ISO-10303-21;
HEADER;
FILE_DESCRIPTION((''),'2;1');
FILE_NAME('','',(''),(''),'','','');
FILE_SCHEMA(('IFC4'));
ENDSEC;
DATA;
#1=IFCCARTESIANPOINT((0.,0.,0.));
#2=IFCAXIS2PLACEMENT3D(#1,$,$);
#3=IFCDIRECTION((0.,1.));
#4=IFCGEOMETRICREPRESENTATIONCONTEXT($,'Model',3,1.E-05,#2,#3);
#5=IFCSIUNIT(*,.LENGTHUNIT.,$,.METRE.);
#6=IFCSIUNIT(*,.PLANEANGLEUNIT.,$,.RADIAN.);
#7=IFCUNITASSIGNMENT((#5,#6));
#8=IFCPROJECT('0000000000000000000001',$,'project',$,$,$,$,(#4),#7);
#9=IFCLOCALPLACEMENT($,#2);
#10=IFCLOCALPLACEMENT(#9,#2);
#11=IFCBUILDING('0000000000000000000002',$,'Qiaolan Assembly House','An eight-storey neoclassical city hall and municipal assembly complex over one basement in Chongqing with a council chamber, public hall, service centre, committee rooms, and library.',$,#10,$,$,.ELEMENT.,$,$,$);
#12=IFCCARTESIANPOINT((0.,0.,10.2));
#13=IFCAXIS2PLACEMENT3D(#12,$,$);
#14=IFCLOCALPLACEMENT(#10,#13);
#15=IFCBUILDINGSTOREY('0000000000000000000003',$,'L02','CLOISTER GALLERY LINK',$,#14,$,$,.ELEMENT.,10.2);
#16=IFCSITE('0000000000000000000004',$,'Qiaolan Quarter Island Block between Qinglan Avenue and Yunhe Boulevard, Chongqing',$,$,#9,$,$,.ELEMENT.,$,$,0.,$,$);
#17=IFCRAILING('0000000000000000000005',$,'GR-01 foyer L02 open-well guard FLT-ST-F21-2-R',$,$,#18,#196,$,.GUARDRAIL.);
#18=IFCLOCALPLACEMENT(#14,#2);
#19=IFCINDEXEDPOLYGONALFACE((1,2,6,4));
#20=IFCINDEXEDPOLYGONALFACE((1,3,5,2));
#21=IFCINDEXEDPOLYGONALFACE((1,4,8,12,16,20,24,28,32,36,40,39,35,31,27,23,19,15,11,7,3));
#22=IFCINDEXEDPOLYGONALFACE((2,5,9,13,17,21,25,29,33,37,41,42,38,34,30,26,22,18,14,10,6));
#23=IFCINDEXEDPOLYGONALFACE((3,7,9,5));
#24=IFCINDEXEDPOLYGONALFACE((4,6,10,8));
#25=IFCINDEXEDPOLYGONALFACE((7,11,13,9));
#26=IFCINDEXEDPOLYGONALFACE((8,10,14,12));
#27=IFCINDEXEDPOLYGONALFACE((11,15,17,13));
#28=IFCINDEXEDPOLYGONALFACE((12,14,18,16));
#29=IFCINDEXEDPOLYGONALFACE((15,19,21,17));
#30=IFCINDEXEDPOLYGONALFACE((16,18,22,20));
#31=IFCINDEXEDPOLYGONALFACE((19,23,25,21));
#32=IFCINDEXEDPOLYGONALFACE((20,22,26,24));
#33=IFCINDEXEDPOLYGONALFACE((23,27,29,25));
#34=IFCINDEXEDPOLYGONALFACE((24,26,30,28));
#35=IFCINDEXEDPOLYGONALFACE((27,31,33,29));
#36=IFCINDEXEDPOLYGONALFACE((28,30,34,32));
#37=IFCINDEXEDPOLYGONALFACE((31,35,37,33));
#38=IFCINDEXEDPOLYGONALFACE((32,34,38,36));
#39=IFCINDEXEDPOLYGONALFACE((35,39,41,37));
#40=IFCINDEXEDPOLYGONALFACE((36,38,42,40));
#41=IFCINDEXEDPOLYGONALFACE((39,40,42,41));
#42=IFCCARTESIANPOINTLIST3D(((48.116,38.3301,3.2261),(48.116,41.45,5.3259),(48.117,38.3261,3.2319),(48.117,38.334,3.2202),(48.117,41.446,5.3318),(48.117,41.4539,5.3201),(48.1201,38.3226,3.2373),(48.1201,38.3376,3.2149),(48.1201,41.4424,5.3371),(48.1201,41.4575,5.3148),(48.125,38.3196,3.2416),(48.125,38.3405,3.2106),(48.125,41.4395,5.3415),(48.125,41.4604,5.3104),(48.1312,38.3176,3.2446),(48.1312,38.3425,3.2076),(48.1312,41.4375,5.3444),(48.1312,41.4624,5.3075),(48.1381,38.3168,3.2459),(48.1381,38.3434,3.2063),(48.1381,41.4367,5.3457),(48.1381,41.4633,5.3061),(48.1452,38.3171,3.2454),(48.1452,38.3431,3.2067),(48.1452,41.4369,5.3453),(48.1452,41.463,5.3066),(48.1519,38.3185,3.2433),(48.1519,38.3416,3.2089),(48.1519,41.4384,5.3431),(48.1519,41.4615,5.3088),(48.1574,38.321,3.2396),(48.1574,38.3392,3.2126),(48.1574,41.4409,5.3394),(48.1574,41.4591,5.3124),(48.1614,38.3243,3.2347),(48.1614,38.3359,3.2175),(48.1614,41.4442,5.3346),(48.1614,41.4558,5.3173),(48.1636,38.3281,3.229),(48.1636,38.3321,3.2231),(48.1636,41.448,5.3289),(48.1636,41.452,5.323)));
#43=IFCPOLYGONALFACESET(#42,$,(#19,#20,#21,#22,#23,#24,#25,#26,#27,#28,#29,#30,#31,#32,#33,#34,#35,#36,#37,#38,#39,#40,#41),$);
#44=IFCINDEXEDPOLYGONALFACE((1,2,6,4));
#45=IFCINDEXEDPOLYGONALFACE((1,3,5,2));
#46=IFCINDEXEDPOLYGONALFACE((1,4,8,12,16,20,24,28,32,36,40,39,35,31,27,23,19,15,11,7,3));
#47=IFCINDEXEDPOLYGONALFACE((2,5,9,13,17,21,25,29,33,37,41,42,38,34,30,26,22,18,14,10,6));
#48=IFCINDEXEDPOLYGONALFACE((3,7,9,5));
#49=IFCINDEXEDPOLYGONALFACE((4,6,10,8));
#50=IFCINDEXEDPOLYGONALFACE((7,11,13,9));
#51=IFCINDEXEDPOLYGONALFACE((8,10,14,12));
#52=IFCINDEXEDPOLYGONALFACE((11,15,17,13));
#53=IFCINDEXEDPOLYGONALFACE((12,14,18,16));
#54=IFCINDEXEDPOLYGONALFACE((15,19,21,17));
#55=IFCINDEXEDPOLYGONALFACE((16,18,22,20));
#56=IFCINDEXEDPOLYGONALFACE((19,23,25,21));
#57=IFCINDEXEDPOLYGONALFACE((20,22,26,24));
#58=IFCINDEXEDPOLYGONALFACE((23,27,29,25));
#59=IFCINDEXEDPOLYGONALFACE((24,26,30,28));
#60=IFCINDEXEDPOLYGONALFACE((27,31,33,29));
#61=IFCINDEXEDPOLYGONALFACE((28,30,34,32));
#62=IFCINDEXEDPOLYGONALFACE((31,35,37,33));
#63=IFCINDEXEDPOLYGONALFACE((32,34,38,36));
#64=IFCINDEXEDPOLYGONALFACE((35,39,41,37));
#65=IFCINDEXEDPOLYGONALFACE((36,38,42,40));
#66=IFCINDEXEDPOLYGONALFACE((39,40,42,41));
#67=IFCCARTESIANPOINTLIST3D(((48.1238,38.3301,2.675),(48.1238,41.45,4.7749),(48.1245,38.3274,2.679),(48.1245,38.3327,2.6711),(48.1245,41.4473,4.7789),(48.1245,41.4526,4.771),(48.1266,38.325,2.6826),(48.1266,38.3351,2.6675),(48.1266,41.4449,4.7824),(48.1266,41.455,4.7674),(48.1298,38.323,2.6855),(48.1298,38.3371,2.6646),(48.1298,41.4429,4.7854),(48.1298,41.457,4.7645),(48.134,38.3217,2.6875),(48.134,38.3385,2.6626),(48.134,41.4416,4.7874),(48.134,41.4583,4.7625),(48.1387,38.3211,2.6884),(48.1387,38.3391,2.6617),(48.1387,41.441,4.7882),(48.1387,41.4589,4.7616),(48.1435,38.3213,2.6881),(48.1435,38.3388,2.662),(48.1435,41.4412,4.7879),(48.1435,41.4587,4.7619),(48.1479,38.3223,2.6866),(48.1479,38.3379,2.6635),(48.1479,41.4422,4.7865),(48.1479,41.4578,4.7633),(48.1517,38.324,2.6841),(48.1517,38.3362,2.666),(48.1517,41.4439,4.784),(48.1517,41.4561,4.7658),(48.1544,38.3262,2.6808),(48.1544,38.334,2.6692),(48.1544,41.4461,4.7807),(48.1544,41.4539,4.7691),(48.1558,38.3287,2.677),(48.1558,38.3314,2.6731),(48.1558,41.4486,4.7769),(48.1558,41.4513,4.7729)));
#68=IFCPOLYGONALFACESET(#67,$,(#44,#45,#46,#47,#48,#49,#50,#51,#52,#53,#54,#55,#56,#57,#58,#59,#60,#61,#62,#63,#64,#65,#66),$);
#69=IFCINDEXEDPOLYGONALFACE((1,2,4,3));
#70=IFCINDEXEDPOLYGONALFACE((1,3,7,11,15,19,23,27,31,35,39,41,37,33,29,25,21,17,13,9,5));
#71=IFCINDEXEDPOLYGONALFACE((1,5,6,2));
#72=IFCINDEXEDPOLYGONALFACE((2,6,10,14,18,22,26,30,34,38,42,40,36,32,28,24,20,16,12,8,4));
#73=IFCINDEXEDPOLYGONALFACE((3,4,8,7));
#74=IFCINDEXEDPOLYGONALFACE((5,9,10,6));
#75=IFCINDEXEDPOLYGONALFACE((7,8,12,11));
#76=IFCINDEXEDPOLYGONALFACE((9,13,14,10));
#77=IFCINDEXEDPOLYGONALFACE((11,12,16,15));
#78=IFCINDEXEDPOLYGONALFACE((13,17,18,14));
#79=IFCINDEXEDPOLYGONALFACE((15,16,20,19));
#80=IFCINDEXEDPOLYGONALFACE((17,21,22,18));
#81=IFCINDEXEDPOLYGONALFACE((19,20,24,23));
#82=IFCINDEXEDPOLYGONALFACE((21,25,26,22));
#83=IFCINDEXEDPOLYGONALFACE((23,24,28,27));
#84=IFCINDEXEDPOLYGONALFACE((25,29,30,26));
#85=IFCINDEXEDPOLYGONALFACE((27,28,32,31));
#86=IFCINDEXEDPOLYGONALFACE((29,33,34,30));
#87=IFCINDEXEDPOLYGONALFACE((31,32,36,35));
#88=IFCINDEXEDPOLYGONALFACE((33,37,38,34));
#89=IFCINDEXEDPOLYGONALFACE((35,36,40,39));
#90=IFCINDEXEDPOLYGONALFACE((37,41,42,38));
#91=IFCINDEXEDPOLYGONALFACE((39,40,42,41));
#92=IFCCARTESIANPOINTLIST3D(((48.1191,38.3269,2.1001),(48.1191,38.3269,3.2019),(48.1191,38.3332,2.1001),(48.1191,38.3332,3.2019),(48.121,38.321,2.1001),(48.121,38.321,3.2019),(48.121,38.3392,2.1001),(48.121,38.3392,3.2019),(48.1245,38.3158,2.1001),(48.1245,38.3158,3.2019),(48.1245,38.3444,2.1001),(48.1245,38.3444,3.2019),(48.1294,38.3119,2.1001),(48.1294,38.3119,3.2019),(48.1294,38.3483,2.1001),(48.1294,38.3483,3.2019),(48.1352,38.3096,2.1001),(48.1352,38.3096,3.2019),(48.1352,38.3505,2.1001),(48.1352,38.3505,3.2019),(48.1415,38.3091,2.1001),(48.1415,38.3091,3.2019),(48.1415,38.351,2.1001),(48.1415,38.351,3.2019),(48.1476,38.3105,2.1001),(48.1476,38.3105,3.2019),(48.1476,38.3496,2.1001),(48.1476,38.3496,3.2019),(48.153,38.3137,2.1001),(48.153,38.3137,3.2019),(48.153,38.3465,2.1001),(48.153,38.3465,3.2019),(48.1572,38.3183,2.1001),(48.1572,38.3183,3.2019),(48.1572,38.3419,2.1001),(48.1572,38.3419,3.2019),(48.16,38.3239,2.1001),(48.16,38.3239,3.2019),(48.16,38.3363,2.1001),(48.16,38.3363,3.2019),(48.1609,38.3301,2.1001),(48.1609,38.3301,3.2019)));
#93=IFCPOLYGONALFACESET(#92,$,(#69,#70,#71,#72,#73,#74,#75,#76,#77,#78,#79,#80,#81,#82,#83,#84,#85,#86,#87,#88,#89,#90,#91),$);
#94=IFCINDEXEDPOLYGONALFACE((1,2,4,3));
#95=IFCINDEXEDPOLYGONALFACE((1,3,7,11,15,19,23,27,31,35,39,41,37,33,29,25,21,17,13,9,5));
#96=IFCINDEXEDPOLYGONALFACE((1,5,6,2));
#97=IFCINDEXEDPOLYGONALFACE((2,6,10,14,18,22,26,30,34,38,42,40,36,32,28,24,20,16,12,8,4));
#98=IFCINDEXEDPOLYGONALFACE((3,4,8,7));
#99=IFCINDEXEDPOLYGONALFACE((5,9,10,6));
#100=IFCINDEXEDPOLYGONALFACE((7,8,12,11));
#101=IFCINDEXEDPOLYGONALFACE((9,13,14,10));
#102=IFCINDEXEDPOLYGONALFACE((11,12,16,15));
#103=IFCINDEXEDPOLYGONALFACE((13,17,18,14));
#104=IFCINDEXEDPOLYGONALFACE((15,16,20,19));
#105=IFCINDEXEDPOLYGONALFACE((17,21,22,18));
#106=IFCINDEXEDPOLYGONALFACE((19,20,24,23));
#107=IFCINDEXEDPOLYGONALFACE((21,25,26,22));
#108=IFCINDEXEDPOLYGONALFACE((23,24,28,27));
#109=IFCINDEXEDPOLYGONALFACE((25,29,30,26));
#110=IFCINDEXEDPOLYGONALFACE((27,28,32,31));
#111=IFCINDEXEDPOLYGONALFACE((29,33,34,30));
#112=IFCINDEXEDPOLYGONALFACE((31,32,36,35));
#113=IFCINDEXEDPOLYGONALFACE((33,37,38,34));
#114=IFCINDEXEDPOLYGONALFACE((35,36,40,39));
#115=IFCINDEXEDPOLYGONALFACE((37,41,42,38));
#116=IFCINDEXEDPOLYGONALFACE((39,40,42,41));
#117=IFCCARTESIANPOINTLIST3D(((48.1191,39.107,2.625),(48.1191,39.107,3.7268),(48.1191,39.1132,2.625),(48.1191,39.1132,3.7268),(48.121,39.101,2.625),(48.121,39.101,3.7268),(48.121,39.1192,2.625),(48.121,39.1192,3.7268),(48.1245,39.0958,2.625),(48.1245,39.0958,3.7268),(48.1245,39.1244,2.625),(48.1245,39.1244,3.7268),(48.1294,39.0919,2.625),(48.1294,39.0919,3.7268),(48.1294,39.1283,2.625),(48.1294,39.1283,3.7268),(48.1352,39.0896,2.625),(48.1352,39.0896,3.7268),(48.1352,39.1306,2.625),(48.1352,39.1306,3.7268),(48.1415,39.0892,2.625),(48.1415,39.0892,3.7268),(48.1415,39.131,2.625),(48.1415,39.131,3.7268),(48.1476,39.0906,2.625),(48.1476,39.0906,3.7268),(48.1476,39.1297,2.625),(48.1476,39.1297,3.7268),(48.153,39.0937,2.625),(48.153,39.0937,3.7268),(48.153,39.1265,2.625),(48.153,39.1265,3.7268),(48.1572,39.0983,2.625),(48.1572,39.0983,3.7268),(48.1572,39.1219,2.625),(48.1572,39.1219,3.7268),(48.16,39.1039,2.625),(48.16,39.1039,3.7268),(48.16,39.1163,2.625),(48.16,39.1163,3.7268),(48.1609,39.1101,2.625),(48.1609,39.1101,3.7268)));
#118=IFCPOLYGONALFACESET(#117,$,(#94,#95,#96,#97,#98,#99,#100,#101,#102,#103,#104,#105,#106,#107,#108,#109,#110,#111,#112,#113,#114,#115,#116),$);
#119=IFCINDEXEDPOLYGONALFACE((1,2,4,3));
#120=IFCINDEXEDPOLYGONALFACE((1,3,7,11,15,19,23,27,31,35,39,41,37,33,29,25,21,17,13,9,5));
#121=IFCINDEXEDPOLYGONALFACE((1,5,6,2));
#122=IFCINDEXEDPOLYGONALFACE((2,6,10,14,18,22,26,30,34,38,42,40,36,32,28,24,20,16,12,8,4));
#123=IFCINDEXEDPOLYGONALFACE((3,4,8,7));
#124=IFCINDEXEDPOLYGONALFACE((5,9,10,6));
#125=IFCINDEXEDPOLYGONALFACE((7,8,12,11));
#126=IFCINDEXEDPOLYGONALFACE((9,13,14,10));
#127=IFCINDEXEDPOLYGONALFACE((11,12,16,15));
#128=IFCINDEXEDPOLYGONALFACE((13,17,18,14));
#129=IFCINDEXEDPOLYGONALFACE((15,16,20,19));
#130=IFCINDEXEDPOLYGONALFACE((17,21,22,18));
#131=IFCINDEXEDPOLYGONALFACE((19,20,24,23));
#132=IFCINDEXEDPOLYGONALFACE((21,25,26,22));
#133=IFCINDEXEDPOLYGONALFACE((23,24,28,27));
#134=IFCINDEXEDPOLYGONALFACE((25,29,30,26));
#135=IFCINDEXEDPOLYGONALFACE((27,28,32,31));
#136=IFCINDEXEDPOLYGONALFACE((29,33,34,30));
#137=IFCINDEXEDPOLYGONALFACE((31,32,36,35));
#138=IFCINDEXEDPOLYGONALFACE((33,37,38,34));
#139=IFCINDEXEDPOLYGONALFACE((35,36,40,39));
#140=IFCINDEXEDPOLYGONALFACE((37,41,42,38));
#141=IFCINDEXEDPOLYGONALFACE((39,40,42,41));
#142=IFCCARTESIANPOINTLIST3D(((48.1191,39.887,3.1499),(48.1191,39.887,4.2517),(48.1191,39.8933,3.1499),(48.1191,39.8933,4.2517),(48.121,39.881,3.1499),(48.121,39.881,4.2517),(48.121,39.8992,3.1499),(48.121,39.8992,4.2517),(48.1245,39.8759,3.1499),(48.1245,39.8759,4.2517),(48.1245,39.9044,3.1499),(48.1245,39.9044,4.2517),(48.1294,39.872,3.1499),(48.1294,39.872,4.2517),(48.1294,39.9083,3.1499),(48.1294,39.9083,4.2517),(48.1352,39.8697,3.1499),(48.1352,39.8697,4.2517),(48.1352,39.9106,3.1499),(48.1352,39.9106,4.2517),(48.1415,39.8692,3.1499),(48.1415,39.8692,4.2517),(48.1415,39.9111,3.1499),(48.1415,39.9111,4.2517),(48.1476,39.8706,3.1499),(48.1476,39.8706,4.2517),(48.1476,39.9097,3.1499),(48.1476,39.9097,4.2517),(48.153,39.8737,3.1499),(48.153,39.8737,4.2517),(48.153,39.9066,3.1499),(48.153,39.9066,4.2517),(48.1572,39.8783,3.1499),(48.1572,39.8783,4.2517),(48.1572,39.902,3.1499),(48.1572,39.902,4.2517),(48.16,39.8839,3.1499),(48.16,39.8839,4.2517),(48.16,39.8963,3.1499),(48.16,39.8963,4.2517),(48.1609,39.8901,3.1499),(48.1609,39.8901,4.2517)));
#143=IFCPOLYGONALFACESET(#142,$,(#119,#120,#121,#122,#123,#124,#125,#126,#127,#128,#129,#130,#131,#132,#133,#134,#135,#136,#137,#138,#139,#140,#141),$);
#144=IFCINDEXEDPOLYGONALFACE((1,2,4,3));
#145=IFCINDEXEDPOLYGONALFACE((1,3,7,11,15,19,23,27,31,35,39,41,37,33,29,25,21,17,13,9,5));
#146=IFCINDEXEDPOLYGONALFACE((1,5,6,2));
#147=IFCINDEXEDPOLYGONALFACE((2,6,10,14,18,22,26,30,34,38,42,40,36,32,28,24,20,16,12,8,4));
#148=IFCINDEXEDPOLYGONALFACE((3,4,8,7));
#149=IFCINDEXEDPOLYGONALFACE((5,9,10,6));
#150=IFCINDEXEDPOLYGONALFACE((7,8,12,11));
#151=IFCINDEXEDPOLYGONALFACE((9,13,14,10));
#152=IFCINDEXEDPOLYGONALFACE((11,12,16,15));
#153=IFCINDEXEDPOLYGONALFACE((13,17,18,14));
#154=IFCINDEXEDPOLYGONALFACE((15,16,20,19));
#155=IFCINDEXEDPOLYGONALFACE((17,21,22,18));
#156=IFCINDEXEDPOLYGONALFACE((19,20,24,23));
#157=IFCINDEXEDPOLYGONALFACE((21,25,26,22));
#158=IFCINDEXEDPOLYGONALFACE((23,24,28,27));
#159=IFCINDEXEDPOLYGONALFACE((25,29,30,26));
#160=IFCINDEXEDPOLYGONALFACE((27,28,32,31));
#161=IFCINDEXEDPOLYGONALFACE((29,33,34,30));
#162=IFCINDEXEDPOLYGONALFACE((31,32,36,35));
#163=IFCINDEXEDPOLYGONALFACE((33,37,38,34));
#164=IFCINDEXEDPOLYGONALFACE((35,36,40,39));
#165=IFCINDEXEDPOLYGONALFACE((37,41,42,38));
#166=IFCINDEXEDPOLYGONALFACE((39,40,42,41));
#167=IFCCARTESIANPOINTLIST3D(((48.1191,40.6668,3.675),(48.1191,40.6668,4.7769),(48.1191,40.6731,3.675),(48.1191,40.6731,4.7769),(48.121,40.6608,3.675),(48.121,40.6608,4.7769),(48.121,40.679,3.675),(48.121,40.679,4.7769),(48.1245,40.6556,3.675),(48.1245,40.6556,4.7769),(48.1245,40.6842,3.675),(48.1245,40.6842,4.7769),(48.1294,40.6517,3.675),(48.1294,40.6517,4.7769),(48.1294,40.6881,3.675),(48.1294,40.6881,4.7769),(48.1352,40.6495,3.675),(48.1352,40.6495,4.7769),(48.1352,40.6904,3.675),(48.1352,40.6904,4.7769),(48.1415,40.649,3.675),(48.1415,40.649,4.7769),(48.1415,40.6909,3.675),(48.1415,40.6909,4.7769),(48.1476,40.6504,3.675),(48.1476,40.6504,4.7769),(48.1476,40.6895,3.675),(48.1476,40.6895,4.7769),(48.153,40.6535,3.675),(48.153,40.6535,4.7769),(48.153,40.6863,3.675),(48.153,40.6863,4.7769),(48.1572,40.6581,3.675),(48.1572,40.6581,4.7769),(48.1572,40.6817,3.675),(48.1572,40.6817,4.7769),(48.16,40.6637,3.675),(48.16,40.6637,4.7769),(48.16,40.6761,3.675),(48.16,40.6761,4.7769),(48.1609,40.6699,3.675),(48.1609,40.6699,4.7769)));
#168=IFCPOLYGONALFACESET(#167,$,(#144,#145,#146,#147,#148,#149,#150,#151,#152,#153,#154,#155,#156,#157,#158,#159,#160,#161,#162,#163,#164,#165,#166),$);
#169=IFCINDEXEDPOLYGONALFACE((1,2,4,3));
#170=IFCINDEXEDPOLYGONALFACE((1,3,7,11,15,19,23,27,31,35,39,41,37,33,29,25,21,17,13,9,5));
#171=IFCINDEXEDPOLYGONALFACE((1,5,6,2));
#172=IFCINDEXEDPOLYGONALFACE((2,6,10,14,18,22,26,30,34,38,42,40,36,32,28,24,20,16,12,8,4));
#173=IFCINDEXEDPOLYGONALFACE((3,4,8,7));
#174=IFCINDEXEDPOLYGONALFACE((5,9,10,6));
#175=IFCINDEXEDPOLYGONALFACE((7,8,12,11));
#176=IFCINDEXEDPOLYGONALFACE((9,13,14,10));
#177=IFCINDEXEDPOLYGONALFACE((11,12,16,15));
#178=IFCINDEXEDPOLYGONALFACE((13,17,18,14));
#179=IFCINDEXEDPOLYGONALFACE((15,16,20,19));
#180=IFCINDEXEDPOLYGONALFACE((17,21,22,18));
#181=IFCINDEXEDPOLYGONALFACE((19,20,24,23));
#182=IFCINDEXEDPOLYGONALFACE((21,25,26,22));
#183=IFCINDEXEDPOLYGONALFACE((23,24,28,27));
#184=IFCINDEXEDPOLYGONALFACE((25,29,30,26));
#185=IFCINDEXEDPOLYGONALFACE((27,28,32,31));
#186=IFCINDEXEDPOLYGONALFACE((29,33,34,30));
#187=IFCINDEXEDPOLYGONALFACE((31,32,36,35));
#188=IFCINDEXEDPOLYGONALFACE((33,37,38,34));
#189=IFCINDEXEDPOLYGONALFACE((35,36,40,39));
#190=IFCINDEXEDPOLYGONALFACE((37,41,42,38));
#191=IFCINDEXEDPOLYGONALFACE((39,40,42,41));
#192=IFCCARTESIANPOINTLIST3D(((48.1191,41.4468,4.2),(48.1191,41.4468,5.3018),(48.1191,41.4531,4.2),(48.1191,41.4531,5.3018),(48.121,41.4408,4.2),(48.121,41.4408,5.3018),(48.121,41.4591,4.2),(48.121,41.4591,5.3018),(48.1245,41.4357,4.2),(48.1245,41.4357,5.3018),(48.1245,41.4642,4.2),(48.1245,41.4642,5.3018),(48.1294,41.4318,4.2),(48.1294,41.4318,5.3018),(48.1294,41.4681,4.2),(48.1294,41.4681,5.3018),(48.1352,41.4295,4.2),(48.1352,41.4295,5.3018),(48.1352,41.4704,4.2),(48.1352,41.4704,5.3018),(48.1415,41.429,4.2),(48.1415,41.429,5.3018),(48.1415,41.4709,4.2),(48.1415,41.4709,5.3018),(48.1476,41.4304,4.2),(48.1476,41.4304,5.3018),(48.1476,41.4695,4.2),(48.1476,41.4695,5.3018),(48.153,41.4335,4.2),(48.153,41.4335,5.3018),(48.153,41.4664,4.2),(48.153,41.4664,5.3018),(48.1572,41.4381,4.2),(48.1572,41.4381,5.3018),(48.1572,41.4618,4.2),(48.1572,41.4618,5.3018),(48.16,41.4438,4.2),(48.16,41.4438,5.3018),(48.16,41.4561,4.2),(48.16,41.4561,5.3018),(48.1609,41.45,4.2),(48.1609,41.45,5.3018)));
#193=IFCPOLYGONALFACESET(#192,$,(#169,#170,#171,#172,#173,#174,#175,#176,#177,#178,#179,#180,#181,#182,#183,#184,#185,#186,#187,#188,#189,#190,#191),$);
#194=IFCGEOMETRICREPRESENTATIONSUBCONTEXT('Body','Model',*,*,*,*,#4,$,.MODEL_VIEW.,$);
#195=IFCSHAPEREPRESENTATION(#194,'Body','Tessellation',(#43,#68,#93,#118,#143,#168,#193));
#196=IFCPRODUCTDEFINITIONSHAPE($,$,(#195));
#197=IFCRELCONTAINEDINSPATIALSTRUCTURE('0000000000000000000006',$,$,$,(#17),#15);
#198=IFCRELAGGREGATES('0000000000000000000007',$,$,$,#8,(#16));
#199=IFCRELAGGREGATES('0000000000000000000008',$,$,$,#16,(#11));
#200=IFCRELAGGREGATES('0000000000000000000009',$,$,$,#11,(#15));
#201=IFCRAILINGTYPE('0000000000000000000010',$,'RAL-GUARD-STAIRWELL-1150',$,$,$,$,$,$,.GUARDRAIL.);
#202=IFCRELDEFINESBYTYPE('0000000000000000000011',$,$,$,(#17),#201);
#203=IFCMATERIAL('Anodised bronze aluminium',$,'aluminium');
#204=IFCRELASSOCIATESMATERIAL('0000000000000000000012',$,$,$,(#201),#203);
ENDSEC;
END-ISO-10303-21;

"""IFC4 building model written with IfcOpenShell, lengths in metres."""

from ifc_helpers import new_model, si_unit, direction, frame, origin, origin_2d, place, context, subcontext, project, spatial, circle, extrude, material, type_object, element, save


model = new_model("IFC4")

# Units and contexts
model_context = context("Model", 3, precision=1e-05, world=origin(), true_north=direction((0.0, 1.0)))
body_context = subcontext(model_context, "Body", "Model", "MODEL_VIEW")
ifc_project = project(units=[si_unit("LENGTHUNIT", "METRE"), si_unit("PLANEANGLEUNIT", "RADIAN")], contexts=[model_context])

# Site, building, storey
site_placement = place(None, origin())
site = spatial("IfcSite", under=ifc_project, at=site_placement, Name="Qiaolan Quarter Island Block between Qinglan Avenue and Yunhe Boulevard, Chongqing", CompositionType="ELEMENT", RefElevation=0.0)
building_placement = place(site_placement, origin())
building = spatial("IfcBuilding", under=site, at=building_placement, Name="Qiaolan Assembly House", Description="An eight-storey neoclassical city hall and municipal assembly complex over one basement in Chongqing with a council chamber, public hall, service centre, committee rooms, and library.", CompositionType="ELEMENT")
storey_placement = place(building_placement, frame((0.0, 0.0, 10.2)))
storey = spatial("IfcBuildingStorey", under=building, at=storey_placement, Name="L02", Description="CLOISTER GALLERY LINK", CompositionType="ELEMENT", Elevation=10.2)

# Shared definitions
ifc_material_1 = material(Name="Anodised bronze aluminium", Category="aluminium")

# Railing
railing_type = type_object("IfcRailingType", Name="RAL-GUARD-STAIRWELL-1150", PredefinedType="GUARDRAIL", material=ifc_material_1)
railing_1_placement = place(storey_placement, frame((48.1399, 38.3301, 2.1001)))
element("IfcRailing", 1, at=railing_1_placement, inside=storey, type_object=railing_type, Name="GR-01 foyer L02 open-well guard FLT-ST-F21-2-R", PredefinedType="GUARDRAIL", context=body_context, shape_type="SweptSolid", body=[
    extrude(circle(Radius=0.0239, at=origin_2d()), frame((0.0, 0.0, 1.126), z_axis=(0.0, 0.829595, 0.558365), x_axis=(-1.0, 0.0, 0.0)), (0.0, 0.0, 1.0), 3.7607),
    extrude(circle(Radius=0.0161, at=origin_2d()), frame((0.0, 0.0, 0.575), z_axis=(0.0, 0.829595, 0.558365), x_axis=(-1.0, 0.0, 0.0)), (0.0, 0.0, 1.0), 3.7607),
    extrude(circle(Radius=0.021, at=origin_2d()), origin(), (0.0, 0.0, 1.0), 1.1018),
    extrude(circle(Radius=0.021, at=origin_2d()), frame((0.0, 0.78, 0.5249)), (0.0, 0.0, 1.0), 1.1018),
    extrude(circle(Radius=0.021, at=origin_2d()), frame((0.0, 1.5601, 1.0498)), (0.0, 0.0, 1.0), 1.1018),
    extrude(circle(Radius=0.021, at=origin_2d()), frame((0.0, 2.3398, 1.575)), (0.0, 0.0, 1.0), 1.1018),
    extrude(circle(Radius=0.021, at=origin_2d()), frame((0.0, 3.1199, 2.0999)), (0.0, 0.0, 1.0), 1.1018),
])

save(model, "model.ifc")
